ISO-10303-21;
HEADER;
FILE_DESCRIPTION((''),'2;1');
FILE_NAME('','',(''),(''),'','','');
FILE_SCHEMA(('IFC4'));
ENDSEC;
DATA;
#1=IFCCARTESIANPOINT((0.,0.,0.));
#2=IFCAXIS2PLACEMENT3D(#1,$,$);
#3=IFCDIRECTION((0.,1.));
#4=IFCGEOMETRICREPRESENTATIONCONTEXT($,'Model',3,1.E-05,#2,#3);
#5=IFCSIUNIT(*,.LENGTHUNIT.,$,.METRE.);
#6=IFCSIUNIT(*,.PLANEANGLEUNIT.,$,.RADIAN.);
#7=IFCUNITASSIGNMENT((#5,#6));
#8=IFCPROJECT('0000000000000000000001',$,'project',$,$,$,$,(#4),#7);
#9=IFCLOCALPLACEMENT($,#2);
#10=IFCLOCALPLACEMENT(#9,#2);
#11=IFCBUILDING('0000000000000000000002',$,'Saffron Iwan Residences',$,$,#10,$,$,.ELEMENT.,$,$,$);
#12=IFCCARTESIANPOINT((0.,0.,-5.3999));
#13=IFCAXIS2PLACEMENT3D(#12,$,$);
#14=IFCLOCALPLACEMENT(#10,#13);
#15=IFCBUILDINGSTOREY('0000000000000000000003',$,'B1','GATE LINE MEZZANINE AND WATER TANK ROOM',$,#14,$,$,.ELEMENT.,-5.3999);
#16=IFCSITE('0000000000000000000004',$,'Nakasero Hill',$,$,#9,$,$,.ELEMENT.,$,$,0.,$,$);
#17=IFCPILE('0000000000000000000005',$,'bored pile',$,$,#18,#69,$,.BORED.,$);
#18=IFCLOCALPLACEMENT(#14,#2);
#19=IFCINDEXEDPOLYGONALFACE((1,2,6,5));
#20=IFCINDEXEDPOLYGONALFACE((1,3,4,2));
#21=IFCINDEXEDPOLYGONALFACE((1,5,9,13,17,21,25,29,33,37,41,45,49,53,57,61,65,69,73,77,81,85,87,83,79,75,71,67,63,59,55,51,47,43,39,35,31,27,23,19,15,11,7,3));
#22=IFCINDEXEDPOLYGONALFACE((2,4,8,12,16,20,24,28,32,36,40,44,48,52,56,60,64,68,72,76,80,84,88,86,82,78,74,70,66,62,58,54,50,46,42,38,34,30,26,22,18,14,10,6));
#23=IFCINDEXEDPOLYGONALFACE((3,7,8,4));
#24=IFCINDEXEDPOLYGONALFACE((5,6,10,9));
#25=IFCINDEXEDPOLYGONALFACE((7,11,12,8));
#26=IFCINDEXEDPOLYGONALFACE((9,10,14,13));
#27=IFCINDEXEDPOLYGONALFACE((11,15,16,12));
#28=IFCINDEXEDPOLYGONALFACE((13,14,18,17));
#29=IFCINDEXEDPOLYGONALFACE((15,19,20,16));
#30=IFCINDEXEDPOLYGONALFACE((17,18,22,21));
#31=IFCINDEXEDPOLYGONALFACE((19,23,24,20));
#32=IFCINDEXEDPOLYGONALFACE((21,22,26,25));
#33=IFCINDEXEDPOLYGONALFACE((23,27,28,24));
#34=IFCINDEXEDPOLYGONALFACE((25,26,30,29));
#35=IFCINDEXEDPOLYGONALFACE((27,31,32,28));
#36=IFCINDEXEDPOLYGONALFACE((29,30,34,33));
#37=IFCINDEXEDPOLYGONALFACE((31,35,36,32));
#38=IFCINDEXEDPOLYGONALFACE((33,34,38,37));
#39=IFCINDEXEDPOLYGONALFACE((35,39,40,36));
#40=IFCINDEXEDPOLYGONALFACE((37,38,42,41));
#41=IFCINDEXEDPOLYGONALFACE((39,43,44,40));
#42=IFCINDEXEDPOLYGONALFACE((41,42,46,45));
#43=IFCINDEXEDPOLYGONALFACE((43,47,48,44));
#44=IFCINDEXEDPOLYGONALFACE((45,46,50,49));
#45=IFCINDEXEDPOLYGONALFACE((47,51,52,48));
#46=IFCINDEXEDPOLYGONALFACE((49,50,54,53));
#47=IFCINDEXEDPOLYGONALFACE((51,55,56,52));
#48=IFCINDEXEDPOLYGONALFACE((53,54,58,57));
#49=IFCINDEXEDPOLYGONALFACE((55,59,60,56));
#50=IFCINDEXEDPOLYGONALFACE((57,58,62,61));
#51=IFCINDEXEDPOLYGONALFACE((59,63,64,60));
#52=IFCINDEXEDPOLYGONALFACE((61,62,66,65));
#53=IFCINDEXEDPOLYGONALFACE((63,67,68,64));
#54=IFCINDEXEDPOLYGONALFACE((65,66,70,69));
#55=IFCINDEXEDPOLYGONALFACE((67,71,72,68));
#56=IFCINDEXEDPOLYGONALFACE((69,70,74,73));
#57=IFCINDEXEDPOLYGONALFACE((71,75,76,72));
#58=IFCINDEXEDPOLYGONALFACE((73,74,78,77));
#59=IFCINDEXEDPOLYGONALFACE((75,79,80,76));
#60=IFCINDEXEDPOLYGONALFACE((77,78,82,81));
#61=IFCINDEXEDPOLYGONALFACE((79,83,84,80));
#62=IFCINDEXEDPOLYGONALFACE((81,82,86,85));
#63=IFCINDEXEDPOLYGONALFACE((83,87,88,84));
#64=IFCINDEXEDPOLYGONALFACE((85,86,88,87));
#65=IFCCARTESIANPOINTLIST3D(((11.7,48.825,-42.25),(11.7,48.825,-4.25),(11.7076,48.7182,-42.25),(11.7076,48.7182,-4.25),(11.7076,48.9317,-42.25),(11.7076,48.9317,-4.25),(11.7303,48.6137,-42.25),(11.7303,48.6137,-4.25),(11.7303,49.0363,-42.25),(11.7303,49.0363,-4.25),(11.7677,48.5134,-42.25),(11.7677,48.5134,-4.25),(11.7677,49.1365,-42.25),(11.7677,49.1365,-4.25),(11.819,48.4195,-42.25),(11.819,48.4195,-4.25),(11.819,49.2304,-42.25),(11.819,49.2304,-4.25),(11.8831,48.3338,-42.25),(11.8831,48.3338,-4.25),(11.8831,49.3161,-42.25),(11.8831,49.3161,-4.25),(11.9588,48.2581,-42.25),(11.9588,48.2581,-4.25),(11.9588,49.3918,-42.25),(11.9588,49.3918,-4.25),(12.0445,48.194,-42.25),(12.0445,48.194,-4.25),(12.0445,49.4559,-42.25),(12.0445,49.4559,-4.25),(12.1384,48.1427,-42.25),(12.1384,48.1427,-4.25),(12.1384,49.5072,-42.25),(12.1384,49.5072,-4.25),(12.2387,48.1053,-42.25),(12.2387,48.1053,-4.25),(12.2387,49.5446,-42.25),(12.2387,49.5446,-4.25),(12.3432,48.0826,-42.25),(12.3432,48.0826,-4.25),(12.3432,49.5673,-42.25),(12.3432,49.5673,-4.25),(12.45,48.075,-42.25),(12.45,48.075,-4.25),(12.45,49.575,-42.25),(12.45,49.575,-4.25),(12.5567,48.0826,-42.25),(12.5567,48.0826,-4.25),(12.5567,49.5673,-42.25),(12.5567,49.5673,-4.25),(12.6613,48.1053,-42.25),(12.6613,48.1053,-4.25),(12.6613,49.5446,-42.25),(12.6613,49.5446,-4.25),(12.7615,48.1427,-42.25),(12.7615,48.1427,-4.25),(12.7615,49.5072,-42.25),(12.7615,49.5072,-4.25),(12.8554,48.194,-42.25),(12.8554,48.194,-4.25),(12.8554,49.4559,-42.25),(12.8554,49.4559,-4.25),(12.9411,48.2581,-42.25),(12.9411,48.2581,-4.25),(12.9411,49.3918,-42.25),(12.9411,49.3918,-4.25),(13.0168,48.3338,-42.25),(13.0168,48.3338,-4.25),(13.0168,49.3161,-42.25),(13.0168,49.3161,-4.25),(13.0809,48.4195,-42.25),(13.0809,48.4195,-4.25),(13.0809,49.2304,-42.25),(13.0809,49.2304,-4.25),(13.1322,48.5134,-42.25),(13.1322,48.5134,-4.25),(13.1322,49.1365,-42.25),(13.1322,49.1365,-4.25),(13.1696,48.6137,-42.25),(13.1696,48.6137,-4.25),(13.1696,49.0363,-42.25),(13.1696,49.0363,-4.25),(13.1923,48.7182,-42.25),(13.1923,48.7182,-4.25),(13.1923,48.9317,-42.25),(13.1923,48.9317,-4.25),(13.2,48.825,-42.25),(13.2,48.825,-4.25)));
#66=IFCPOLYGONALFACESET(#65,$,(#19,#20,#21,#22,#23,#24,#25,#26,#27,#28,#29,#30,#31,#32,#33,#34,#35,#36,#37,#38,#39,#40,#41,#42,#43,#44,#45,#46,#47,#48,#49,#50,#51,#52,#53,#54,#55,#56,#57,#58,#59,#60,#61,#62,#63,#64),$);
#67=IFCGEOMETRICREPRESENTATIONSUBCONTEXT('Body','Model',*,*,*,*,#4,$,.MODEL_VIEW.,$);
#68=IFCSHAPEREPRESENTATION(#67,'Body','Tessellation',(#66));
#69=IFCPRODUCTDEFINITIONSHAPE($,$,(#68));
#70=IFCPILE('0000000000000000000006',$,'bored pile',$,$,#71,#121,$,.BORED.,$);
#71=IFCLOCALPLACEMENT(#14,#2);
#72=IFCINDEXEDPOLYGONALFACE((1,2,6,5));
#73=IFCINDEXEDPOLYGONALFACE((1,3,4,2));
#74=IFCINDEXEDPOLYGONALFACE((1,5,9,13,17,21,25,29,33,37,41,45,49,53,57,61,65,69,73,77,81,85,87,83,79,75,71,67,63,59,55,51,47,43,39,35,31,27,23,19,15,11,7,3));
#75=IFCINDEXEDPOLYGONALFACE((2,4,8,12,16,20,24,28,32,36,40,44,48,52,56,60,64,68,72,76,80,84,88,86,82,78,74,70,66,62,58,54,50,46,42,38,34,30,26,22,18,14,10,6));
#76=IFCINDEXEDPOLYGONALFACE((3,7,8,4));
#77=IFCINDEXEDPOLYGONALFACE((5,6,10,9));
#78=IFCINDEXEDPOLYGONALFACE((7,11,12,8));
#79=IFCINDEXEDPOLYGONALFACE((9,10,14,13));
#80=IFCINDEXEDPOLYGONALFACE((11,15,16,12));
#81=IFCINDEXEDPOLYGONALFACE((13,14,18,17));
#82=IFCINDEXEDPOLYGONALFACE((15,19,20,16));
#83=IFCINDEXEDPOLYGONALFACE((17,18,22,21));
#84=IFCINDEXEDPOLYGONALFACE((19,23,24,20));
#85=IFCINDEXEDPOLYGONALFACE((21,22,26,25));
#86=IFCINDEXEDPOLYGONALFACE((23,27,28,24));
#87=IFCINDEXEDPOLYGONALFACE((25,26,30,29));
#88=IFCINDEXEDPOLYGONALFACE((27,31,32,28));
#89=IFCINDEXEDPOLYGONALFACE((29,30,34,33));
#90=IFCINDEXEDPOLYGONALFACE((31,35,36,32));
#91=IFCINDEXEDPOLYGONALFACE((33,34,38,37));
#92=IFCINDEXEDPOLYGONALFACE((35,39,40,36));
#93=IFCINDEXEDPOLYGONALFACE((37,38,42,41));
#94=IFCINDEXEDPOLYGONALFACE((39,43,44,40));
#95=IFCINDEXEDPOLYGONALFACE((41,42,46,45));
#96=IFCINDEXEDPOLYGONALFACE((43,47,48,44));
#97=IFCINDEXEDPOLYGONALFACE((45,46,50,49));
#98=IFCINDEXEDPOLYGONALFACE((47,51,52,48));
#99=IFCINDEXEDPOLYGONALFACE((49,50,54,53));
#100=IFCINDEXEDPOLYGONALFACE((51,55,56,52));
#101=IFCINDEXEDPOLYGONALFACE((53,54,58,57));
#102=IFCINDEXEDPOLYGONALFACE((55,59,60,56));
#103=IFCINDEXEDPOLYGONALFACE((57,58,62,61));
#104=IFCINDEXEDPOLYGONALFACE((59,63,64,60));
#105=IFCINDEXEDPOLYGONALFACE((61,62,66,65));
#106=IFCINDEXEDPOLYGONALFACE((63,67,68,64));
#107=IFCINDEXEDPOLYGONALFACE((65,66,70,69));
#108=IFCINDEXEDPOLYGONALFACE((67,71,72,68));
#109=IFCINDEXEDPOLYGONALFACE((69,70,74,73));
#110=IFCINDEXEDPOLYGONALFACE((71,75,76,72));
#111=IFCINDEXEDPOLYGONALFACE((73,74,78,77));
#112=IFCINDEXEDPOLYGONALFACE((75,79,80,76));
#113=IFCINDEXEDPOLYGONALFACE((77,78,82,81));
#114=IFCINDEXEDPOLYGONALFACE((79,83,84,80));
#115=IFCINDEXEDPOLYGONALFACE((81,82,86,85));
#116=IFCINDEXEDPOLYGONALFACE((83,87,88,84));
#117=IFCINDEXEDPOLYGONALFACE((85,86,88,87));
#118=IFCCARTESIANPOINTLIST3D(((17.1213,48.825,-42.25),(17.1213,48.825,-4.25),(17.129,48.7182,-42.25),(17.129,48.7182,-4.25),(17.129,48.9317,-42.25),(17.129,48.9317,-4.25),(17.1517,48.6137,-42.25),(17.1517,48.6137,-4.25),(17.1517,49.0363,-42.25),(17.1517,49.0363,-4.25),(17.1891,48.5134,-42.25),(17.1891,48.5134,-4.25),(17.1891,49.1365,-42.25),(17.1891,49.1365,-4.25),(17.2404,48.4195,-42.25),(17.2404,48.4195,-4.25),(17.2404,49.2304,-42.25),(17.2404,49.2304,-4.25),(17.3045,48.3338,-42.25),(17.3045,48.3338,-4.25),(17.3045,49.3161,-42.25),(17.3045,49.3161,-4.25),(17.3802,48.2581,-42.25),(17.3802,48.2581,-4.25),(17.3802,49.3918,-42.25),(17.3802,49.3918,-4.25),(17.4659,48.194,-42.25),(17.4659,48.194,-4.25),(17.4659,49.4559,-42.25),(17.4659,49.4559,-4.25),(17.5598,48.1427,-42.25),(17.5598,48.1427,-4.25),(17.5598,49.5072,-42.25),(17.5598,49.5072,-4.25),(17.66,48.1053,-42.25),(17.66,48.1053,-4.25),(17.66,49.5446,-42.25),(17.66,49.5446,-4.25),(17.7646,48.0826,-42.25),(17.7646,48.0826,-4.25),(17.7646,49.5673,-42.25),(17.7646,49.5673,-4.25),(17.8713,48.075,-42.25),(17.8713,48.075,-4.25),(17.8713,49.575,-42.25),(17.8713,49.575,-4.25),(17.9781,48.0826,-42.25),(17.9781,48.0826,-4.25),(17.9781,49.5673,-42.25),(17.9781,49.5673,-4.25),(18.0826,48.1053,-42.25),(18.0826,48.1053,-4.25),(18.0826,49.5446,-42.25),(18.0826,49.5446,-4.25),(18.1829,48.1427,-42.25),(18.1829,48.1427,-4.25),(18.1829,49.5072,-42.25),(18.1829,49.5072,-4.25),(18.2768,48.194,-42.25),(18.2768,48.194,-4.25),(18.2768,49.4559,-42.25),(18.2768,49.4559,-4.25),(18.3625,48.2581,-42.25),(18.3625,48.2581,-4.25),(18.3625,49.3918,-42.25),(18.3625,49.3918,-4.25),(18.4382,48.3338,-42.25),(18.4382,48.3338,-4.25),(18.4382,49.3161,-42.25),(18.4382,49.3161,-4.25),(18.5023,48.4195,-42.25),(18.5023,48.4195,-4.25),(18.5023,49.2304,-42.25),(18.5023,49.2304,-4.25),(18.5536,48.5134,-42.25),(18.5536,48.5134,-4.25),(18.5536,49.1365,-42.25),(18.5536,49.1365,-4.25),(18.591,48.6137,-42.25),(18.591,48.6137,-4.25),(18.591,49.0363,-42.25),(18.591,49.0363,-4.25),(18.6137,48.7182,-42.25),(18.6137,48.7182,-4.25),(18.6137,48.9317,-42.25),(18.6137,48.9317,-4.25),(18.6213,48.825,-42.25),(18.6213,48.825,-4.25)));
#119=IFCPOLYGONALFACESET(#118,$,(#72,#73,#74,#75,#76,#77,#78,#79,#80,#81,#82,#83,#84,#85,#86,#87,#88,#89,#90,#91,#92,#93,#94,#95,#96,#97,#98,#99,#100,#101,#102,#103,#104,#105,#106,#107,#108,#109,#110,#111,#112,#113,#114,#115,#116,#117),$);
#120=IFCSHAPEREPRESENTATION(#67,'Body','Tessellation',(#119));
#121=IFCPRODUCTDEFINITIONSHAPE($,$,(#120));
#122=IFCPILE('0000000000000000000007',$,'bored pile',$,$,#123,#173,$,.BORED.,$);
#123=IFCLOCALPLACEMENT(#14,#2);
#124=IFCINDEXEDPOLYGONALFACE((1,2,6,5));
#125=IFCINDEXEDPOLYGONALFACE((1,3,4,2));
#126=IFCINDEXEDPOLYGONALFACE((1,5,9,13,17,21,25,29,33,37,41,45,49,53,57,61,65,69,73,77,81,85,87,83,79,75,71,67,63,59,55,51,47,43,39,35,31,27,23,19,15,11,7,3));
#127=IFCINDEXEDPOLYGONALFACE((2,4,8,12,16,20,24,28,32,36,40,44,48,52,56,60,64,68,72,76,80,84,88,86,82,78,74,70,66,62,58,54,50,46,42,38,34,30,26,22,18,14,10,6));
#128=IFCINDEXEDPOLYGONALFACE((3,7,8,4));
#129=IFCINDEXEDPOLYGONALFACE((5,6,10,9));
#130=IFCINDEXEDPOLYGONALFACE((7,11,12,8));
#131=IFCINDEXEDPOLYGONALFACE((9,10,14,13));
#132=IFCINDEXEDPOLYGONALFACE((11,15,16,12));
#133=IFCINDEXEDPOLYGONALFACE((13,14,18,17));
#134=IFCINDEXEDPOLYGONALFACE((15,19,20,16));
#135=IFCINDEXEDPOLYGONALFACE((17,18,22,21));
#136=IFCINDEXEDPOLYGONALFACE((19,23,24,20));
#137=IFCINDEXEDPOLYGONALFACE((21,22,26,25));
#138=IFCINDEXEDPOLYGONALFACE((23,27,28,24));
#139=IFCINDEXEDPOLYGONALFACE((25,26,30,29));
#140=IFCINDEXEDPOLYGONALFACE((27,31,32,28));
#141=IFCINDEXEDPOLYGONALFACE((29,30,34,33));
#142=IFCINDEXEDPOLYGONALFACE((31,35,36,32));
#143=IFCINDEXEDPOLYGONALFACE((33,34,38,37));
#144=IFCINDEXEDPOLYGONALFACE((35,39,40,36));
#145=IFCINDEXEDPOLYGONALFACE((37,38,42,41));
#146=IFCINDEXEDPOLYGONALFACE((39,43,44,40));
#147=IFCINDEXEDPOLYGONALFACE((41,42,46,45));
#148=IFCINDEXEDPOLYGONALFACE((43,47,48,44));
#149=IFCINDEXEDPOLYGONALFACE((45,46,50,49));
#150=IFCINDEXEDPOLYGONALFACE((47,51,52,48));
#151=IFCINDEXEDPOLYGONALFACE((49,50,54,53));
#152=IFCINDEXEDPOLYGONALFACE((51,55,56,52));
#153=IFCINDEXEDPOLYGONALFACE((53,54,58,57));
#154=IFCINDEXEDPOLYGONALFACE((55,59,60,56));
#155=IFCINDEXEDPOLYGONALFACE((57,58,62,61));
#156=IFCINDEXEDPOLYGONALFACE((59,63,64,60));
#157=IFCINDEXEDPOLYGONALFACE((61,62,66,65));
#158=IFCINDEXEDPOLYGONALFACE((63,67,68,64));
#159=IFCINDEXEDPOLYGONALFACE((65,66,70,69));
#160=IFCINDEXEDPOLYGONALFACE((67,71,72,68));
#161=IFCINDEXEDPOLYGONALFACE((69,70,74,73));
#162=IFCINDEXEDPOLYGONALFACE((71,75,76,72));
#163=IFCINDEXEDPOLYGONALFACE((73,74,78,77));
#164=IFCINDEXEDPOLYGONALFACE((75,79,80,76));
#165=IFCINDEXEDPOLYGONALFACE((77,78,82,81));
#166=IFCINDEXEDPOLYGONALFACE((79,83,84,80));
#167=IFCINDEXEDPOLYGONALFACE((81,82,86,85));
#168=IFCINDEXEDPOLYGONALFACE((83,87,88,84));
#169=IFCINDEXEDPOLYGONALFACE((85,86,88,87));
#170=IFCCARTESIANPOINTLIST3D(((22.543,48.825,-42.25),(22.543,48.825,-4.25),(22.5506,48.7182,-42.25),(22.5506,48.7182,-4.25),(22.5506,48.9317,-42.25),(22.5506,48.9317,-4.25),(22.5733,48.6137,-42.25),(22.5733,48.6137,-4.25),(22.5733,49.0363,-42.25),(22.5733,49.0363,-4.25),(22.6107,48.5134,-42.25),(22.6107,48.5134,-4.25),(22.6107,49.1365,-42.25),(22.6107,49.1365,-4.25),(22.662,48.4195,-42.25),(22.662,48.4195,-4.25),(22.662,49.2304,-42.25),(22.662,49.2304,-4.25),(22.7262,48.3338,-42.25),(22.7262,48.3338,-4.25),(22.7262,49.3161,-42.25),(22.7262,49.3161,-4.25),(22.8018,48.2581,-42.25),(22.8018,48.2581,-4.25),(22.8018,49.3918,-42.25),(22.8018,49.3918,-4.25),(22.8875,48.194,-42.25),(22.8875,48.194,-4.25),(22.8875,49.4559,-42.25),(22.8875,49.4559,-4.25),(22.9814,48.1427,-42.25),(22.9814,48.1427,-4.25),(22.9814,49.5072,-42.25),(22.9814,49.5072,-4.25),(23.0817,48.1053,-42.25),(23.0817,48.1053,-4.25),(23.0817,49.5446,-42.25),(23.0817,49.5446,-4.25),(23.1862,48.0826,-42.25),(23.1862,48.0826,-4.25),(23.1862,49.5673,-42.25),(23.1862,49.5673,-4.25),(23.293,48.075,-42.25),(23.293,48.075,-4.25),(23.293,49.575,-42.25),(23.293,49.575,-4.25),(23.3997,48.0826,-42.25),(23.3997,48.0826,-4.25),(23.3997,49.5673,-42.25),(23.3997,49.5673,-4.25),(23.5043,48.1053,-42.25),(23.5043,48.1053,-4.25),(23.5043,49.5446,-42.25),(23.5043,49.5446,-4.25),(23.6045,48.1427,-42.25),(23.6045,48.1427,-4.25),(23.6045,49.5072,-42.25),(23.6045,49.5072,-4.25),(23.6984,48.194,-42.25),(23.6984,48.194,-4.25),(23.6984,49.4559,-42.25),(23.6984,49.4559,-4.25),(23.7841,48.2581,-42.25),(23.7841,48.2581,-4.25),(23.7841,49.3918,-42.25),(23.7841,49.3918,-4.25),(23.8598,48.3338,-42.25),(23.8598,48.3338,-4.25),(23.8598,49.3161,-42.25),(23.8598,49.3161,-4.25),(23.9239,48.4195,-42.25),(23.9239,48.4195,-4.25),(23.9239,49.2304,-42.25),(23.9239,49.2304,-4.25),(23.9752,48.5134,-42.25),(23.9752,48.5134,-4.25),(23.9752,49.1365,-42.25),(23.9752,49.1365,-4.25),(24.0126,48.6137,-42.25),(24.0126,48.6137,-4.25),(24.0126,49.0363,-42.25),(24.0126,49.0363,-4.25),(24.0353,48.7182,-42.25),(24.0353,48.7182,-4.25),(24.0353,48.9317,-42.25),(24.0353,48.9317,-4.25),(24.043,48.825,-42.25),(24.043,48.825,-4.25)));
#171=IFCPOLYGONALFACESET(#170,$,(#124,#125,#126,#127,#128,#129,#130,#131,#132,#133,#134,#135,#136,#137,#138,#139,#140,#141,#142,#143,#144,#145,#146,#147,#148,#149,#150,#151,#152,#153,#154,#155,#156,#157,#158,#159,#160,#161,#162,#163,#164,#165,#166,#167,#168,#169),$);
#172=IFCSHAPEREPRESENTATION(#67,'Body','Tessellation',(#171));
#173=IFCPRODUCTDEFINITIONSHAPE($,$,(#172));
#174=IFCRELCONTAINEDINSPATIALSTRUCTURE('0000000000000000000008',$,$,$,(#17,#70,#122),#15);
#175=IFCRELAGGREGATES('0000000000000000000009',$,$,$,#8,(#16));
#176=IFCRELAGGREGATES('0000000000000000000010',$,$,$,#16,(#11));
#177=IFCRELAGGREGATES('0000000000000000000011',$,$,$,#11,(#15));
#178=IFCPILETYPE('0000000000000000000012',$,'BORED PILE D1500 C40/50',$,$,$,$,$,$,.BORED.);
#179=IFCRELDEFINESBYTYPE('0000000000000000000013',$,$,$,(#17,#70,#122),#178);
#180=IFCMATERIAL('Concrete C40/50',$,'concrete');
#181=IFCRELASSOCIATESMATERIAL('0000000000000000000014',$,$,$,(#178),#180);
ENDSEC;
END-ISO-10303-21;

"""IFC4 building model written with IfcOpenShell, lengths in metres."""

from ifc_helpers import new_model, si_unit, direction, frame, origin, origin_2d, place, context, subcontext, project, spatial, circle, extrude, material, material_profile, profile_set, type_object, element, save


model = new_model("IFC4")

# Units and contexts
model_context = context("Model", 3, precision=1e-05, world=origin(), true_north=direction((0.0, 1.0)))
body_context = subcontext(model_context, "Body", "Model", "MODEL_VIEW")
ifc_project = project(units=[si_unit("LENGTHUNIT", "METRE"), si_unit("PLANEANGLEUNIT", "RADIAN")], contexts=[model_context])

# Site, building, storey
site_placement = place(None, origin())
site = spatial("IfcSite", under=ifc_project, at=site_placement, Name="Nakasero Hill", CompositionType="ELEMENT", RefElevation=0.0)
building_placement = place(site_placement, origin())
building = spatial("IfcBuilding", under=site, at=building_placement, Name="Saffron Iwan Residences", CompositionType="ELEMENT")
storey_placement = place(building_placement, frame((0.0, 0.0, -5.3999)))
storey = spatial("IfcBuildingStorey", under=building, at=storey_placement, Name="B1", Description="GATE LINE MEZZANINE AND WATER TANK ROOM", CompositionType="ELEMENT", Elevation=-5.3999)

# Piles
ifc_material_1 = material(Name="Concrete C40/50", Category="concrete")
ifc_material_profile_1 = material_profile(ifc_material_1, circle(Radius=0.75, at=origin_2d()), Name="RC D1500")
ifc_profile_set_1 = profile_set([ifc_material_profile_1], Name="Concrete C40/50")
pile_type = type_object("IfcPileType", Name="BORED PILE D1500 C40/50", PredefinedType="BORED", material=ifc_profile_set_1)
for number, where, z_axis, x_axis, name in (
    (1, (12.45, 48.825, -4.25), (0.0, 0.0, -1.0), (1.0, 0.0, 0.0), "bored pile"),
    (2, (17.8713, 48.825, -4.25), (0.0, 0.0, -1.0), (1.0, 0.0, 0.0), "bored pile"),
    (3, (23.293, 48.825, -4.25), (0.0, 0.0, -1.0), (1.0, 0.0, 0.0), "bored pile"),
):
    element("IfcPile", number, at=place(storey_placement, frame(where, z_axis=z_axis, x_axis=x_axis)), inside=storey, type_object=pile_type, Name=name, PredefinedType="BORED", context=body_context, shape_type="SweptSolid", body=[
        extrude(circle(Radius=0.75, at=origin_2d()), origin(), (0.0, 0.0, 1.0), 38.0),
    ])

save(model, "model.ifc")
